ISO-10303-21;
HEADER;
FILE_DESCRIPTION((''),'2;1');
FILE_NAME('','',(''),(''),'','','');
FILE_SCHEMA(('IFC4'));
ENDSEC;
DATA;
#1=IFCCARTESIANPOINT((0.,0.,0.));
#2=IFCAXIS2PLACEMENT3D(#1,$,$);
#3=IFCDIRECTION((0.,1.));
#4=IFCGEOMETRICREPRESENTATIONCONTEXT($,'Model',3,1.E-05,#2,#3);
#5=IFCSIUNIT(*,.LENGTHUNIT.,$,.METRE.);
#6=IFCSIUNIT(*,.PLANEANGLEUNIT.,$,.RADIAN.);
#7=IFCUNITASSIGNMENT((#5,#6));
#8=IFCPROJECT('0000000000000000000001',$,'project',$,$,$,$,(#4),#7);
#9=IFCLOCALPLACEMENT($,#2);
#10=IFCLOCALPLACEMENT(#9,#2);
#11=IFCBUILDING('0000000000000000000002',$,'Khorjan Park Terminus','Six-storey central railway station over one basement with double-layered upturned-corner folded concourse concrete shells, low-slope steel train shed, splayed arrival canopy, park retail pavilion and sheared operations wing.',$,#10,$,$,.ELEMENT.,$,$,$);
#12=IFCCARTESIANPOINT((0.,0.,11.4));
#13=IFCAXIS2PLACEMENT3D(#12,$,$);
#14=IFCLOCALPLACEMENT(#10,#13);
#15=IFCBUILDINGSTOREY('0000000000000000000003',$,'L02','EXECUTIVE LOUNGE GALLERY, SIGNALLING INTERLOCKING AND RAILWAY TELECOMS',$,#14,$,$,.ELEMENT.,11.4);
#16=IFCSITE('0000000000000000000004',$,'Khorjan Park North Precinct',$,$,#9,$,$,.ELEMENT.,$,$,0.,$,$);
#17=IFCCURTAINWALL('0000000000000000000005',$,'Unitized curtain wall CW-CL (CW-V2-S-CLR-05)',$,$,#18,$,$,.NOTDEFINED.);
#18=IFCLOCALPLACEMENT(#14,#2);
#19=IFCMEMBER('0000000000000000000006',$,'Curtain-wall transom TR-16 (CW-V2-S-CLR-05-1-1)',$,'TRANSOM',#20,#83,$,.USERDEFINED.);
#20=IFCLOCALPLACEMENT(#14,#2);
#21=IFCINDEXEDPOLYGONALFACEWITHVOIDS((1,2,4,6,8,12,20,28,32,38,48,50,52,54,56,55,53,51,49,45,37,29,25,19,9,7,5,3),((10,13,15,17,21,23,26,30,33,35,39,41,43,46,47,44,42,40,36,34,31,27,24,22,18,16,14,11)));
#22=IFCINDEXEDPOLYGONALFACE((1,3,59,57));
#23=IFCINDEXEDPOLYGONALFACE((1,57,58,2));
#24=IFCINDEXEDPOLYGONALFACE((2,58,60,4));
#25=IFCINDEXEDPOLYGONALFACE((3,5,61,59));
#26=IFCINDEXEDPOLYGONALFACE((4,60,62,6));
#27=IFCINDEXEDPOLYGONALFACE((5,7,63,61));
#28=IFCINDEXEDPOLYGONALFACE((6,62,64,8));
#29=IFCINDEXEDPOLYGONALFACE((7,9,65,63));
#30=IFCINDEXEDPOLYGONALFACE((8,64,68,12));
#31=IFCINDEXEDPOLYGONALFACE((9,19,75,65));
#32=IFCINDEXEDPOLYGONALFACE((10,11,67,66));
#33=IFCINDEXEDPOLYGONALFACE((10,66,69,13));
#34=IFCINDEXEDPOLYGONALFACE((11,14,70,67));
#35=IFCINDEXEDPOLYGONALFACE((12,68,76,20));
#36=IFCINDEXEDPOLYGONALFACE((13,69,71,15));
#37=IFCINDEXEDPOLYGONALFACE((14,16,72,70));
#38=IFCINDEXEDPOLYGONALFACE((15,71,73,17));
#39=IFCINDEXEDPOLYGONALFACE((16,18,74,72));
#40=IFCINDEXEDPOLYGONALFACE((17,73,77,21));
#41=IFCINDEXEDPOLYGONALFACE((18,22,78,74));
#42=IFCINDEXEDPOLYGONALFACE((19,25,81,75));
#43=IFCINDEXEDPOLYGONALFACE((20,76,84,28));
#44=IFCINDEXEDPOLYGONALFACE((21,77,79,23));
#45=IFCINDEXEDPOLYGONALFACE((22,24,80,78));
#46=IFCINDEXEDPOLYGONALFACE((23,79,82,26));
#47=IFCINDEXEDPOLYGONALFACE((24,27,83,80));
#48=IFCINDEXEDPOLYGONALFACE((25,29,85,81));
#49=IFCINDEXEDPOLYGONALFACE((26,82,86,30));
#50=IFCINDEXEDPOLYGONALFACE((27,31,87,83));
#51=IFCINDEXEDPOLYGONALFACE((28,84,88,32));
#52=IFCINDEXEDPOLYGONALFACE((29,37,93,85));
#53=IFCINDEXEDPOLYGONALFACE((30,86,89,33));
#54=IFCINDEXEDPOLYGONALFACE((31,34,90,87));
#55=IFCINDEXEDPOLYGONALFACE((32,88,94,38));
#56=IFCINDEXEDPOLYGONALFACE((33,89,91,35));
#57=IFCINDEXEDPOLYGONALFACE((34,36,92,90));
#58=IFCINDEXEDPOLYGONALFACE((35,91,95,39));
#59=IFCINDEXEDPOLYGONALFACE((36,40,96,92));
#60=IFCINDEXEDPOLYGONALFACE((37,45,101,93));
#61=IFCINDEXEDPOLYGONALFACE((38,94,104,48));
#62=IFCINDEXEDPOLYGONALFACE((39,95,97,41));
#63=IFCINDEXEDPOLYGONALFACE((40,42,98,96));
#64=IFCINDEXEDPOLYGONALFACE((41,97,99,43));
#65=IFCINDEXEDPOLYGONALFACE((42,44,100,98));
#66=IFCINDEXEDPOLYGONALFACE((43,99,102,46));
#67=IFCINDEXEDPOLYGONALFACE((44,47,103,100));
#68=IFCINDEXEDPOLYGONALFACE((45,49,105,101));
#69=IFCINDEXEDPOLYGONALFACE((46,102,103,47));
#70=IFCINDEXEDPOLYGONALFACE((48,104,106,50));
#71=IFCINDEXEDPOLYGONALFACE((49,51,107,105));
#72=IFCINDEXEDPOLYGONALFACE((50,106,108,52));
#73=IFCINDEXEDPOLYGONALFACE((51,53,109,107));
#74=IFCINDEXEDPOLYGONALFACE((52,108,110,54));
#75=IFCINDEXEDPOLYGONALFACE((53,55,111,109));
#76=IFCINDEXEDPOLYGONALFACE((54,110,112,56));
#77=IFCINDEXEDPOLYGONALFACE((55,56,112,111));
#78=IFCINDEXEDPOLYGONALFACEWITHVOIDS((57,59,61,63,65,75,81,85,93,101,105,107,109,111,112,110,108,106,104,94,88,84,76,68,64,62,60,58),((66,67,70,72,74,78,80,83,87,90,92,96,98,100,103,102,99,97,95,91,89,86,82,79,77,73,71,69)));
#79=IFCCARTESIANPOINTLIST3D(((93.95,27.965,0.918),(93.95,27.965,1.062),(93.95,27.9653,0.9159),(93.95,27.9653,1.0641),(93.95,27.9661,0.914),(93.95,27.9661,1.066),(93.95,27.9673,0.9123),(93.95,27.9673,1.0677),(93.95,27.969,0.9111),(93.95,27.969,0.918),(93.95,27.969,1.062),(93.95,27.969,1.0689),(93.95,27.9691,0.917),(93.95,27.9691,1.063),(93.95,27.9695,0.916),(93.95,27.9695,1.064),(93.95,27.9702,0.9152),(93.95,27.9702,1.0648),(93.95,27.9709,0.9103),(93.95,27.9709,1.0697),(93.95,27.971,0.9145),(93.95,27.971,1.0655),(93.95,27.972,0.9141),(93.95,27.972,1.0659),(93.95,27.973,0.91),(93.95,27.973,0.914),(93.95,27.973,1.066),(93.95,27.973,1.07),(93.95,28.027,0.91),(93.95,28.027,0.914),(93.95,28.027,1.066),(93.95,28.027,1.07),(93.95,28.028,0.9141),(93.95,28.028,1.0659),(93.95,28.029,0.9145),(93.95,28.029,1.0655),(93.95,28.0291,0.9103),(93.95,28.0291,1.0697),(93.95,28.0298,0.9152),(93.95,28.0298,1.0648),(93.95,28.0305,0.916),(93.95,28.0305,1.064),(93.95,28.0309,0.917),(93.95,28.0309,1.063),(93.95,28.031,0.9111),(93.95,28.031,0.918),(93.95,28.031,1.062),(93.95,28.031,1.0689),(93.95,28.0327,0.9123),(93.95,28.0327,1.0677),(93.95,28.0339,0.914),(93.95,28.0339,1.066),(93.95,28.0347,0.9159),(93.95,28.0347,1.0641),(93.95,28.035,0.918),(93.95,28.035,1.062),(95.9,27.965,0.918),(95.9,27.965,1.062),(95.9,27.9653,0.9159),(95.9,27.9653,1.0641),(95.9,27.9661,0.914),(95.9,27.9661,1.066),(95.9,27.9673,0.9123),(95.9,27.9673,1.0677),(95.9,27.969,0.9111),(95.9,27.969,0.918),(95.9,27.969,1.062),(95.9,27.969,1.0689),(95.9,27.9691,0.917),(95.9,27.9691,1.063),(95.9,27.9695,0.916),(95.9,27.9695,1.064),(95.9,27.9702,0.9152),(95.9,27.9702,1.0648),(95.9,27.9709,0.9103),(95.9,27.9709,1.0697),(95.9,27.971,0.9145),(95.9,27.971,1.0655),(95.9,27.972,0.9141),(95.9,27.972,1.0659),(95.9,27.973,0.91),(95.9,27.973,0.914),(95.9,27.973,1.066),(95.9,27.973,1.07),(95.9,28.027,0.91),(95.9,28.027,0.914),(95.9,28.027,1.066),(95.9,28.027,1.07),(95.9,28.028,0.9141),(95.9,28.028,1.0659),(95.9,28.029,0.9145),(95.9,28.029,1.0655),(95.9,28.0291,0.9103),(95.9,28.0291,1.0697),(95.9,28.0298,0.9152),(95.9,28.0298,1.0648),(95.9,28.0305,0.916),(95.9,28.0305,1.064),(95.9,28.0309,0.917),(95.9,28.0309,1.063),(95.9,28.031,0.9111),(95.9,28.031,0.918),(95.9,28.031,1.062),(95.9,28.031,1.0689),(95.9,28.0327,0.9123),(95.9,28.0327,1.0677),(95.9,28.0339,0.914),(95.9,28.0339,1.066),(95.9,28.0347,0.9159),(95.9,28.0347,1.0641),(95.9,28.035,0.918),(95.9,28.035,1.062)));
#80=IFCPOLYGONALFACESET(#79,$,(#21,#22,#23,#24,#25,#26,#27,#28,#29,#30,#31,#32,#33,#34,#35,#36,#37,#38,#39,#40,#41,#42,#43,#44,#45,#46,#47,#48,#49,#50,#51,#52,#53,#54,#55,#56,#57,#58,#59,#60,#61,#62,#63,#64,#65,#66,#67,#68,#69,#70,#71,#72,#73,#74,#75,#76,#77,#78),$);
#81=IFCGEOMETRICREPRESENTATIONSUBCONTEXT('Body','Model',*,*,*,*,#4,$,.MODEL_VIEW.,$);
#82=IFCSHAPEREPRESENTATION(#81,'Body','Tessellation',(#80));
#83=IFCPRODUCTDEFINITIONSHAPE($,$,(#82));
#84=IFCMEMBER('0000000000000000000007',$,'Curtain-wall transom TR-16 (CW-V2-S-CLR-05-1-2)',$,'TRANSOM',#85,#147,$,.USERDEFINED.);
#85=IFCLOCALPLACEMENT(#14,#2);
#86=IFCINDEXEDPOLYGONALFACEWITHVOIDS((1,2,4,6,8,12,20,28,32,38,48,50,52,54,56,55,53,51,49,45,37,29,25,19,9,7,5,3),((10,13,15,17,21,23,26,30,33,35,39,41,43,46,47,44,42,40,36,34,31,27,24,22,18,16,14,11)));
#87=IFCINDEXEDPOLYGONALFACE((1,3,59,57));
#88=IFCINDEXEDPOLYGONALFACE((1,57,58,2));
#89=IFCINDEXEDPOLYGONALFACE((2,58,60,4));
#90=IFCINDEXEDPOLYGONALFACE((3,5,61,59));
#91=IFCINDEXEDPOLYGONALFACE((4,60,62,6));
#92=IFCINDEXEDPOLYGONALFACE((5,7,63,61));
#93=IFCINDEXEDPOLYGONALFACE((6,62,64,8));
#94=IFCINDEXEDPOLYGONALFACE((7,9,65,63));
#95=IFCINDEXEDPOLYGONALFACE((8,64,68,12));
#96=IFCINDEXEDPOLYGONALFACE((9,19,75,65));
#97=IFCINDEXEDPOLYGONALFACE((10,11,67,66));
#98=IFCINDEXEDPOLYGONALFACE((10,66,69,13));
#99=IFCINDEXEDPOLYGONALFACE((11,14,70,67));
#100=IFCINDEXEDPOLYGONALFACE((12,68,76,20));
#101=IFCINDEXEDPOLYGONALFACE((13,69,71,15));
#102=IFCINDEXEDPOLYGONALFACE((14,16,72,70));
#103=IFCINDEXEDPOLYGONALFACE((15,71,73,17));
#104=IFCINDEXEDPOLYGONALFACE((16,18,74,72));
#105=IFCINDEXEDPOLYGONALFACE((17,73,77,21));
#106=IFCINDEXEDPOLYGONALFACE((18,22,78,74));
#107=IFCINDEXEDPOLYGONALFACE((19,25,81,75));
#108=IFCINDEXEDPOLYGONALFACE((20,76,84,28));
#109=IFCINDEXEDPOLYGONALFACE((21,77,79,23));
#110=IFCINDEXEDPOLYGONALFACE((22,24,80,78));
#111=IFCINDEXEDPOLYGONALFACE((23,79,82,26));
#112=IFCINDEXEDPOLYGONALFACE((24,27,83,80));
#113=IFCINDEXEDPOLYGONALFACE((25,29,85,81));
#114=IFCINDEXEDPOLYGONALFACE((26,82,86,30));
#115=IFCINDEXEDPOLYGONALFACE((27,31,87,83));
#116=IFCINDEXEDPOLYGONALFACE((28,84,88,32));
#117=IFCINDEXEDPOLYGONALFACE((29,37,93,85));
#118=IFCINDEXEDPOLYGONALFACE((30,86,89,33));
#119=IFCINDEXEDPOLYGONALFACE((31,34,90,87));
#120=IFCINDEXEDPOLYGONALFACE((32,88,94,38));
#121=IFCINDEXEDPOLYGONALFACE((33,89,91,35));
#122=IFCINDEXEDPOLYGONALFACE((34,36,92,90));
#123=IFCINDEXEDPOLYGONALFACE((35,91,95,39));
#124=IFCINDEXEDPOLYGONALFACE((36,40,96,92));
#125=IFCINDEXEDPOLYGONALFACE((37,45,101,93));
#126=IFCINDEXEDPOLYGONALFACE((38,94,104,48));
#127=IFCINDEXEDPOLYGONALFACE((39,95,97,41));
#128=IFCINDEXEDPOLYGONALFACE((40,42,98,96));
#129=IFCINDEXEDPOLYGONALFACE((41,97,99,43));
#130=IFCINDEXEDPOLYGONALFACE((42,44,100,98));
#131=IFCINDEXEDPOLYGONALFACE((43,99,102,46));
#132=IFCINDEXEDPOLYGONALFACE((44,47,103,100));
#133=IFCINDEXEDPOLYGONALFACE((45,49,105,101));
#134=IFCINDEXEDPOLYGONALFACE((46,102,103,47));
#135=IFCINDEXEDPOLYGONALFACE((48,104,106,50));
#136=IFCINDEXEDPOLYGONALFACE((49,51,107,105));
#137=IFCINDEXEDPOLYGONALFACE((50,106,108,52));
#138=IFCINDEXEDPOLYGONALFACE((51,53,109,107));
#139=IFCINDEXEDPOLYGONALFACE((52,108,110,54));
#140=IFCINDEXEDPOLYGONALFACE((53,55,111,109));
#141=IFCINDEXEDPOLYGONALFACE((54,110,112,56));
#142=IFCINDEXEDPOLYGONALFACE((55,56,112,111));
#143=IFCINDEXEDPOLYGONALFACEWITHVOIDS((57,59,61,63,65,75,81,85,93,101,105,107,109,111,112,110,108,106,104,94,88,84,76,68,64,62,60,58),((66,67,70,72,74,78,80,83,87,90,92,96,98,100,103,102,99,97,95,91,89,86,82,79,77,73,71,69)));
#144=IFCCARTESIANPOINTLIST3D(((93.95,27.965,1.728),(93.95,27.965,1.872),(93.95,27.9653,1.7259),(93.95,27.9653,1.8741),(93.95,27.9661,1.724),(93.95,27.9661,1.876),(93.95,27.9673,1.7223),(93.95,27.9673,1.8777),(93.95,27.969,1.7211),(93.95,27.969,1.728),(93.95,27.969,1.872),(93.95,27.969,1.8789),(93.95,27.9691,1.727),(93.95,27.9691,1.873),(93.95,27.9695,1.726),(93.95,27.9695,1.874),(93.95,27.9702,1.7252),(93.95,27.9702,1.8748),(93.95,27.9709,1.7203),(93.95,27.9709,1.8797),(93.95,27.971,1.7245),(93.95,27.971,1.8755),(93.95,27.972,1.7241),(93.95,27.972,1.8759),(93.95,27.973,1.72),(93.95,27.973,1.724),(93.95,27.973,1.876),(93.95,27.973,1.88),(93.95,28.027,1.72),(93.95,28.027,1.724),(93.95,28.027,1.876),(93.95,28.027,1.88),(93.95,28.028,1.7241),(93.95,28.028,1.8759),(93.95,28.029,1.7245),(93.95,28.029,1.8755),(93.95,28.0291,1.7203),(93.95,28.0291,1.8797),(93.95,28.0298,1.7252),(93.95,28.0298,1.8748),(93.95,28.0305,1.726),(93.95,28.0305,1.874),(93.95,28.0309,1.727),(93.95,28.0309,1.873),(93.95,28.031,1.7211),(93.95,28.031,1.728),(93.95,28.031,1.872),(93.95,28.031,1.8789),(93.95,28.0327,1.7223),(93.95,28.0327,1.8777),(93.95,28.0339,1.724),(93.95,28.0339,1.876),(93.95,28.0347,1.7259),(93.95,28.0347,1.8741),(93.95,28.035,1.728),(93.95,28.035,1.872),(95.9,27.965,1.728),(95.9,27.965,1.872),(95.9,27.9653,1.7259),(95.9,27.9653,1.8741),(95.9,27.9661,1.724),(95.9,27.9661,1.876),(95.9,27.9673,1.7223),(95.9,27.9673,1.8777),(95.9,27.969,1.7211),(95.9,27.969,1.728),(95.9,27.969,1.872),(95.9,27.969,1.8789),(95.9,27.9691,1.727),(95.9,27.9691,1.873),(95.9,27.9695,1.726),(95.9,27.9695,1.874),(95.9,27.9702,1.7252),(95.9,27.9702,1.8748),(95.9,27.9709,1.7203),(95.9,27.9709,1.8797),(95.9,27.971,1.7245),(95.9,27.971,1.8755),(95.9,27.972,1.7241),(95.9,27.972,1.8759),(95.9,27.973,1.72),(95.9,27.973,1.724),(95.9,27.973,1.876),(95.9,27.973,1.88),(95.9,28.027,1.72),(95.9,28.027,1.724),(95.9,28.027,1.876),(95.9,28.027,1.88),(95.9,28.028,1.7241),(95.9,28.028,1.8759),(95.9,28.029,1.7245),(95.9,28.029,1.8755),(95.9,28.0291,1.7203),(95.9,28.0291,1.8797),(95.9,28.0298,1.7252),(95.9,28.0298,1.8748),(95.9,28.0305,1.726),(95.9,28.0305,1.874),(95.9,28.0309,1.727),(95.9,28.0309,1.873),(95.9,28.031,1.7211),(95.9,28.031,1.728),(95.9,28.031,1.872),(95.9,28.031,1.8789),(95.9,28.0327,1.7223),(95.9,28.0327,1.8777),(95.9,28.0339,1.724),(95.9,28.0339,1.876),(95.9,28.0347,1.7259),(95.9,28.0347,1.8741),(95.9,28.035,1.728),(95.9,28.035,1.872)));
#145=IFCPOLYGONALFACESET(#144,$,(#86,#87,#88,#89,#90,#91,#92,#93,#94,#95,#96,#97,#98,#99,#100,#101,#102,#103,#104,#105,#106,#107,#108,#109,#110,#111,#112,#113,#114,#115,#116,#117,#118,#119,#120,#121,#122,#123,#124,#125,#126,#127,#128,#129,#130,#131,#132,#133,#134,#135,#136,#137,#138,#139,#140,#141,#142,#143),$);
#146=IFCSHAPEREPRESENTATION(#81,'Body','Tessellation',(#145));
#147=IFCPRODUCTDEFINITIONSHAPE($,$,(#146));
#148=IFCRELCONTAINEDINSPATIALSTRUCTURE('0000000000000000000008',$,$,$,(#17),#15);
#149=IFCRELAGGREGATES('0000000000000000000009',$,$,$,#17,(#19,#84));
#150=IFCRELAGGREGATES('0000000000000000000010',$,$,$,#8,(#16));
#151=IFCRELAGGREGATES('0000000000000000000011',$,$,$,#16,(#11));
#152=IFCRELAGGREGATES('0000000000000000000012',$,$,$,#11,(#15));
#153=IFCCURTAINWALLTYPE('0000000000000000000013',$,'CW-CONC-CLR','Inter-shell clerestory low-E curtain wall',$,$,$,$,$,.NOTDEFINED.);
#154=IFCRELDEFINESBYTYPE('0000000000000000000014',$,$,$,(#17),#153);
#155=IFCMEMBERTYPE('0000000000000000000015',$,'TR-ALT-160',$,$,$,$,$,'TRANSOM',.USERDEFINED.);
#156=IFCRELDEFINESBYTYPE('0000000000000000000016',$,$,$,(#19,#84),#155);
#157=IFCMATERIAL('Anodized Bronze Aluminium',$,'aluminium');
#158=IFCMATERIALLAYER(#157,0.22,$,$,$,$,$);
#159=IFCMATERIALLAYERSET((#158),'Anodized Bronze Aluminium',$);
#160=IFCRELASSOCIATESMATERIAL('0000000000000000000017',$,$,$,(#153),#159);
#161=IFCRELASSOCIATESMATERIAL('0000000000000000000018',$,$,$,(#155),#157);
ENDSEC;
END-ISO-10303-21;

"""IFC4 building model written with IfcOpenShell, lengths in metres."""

from ifc_helpers import new_model, si_unit, direction, frame, origin, origin_2d, place, context, subcontext, project, spatial, hollow_rectangle, extrude, material, layer, layer_set, material_profile, profile_set, type_object, element, aggregate, save


model = new_model("IFC4")

# Units and contexts
model_context = context("Model", 3, precision=1e-05, world=origin(), true_north=direction((0.0, 1.0)))
body_context = subcontext(model_context, "Body", "Model", "MODEL_VIEW")
ifc_project = project(units=[si_unit("LENGTHUNIT", "METRE"), si_unit("PLANEANGLEUNIT", "RADIAN")], contexts=[model_context])

# Site, building, storey
site_placement = place(None, origin())
site = spatial("IfcSite", under=ifc_project, at=site_placement, Name="Khorjan Park North Precinct", CompositionType="ELEMENT", RefElevation=0.0)
building_placement = place(site_placement, origin())
building = spatial("IfcBuilding", under=site, at=building_placement, Name="Khorjan Park Terminus", Description="Six-storey central railway station over one basement with double-layered upturned-corner folded concourse concrete shells, low-slope steel train shed, splayed arrival canopy, park retail pavilion and sheared operations wing.", CompositionType="ELEMENT")
storey_placement = place(building_placement, frame((0.0, 0.0, 11.4)))
storey = spatial("IfcBuildingStorey", under=building, at=storey_placement, Name="L02", Description="EXECUTIVE LOUNGE GALLERY, SIGNALLING INTERLOCKING AND RAILWAY TELECOMS", CompositionType="ELEMENT", Elevation=11.4)

# Curtain wall
ifc_material_1 = material(Name="Anodized Bronze Aluminium", Category="aluminium")
ifc_layer_1 = layer(ifc_material_1, 0.22)
ifc_layer_set_1 = layer_set([ifc_layer_1], Name="Anodized Bronze Aluminium")
curtain_wall_type = type_object("IfcCurtainWallType", Name="CW-CONC-CLR", Description="Inter-shell clerestory low-E curtain wall", PredefinedType="NOTDEFINED", material=ifc_layer_set_1)
curtain_wall_1_placement = place(storey_placement, origin())
curtain_wall_1 = element("IfcCurtainWall", 1, at=curtain_wall_1_placement, inside=storey, type_object=curtain_wall_type, Name="Unitized curtain wall CW-CL (CW-V2-S-CLR-05)", PredefinedType="NOTDEFINED")

# Members
ifc_material_profile_1 = material_profile(ifc_material_1, hollow_rectangle(XDim=0.07, YDim=0.16, WallThickness=0.004, InnerFilletRadius=0.004, OuterFilletRadius=0.008, at=origin_2d()), Name="ALT 70x160x4")
ifc_profile_set_1 = profile_set([ifc_material_profile_1], Name="Anodized Bronze Aluminium")
member_type_1 = type_object("IfcMemberType", Name="TR-ALT-160", ElementType="TRANSOM", PredefinedType="USERDEFINED", material=ifc_profile_set_1)
member_1_placement = place(storey_placement, frame((93.95, 28.0, 0.99), z_axis=(1.0, 0.0, 0.0), x_axis=(0.0, 1.0, 0.0)))
member_1 = element("IfcMember", 2, at=member_1_placement, type_object=member_type_1, Name="Curtain-wall transom TR-16 (CW-V2-S-CLR-05-1-1)", ObjectType="TRANSOM", PredefinedType="USERDEFINED", context=body_context, shape_type="SweptSolid", body=[
    extrude(hollow_rectangle(XDim=0.07, YDim=0.16, WallThickness=0.004, InnerFilletRadius=0.004, OuterFilletRadius=0.008, at=origin_2d()), origin(), (0.0, 0.0, 1.0), 1.95),
])
member_2_placement = place(storey_placement, frame((93.95, 28.0, 1.8), z_axis=(1.0, 0.0, 0.0), x_axis=(0.0, 1.0, 0.0)))
member_2 = element("IfcMember", 3, at=member_2_placement, type_object=member_type_1, Name="Curtain-wall transom TR-16 (CW-V2-S-CLR-05-1-2)", ObjectType="TRANSOM", PredefinedType="USERDEFINED", context=body_context, shape_type="SweptSolid", body=[
    extrude(hollow_rectangle(XDim=0.07, YDim=0.16, WallThickness=0.004, InnerFilletRadius=0.004, OuterFilletRadius=0.008, at=origin_2d()), origin(), (0.0, 0.0, 1.0), 1.95),
])

aggregate(curtain_wall_1, [member_1, member_2])

save(model, "model.ifc")
